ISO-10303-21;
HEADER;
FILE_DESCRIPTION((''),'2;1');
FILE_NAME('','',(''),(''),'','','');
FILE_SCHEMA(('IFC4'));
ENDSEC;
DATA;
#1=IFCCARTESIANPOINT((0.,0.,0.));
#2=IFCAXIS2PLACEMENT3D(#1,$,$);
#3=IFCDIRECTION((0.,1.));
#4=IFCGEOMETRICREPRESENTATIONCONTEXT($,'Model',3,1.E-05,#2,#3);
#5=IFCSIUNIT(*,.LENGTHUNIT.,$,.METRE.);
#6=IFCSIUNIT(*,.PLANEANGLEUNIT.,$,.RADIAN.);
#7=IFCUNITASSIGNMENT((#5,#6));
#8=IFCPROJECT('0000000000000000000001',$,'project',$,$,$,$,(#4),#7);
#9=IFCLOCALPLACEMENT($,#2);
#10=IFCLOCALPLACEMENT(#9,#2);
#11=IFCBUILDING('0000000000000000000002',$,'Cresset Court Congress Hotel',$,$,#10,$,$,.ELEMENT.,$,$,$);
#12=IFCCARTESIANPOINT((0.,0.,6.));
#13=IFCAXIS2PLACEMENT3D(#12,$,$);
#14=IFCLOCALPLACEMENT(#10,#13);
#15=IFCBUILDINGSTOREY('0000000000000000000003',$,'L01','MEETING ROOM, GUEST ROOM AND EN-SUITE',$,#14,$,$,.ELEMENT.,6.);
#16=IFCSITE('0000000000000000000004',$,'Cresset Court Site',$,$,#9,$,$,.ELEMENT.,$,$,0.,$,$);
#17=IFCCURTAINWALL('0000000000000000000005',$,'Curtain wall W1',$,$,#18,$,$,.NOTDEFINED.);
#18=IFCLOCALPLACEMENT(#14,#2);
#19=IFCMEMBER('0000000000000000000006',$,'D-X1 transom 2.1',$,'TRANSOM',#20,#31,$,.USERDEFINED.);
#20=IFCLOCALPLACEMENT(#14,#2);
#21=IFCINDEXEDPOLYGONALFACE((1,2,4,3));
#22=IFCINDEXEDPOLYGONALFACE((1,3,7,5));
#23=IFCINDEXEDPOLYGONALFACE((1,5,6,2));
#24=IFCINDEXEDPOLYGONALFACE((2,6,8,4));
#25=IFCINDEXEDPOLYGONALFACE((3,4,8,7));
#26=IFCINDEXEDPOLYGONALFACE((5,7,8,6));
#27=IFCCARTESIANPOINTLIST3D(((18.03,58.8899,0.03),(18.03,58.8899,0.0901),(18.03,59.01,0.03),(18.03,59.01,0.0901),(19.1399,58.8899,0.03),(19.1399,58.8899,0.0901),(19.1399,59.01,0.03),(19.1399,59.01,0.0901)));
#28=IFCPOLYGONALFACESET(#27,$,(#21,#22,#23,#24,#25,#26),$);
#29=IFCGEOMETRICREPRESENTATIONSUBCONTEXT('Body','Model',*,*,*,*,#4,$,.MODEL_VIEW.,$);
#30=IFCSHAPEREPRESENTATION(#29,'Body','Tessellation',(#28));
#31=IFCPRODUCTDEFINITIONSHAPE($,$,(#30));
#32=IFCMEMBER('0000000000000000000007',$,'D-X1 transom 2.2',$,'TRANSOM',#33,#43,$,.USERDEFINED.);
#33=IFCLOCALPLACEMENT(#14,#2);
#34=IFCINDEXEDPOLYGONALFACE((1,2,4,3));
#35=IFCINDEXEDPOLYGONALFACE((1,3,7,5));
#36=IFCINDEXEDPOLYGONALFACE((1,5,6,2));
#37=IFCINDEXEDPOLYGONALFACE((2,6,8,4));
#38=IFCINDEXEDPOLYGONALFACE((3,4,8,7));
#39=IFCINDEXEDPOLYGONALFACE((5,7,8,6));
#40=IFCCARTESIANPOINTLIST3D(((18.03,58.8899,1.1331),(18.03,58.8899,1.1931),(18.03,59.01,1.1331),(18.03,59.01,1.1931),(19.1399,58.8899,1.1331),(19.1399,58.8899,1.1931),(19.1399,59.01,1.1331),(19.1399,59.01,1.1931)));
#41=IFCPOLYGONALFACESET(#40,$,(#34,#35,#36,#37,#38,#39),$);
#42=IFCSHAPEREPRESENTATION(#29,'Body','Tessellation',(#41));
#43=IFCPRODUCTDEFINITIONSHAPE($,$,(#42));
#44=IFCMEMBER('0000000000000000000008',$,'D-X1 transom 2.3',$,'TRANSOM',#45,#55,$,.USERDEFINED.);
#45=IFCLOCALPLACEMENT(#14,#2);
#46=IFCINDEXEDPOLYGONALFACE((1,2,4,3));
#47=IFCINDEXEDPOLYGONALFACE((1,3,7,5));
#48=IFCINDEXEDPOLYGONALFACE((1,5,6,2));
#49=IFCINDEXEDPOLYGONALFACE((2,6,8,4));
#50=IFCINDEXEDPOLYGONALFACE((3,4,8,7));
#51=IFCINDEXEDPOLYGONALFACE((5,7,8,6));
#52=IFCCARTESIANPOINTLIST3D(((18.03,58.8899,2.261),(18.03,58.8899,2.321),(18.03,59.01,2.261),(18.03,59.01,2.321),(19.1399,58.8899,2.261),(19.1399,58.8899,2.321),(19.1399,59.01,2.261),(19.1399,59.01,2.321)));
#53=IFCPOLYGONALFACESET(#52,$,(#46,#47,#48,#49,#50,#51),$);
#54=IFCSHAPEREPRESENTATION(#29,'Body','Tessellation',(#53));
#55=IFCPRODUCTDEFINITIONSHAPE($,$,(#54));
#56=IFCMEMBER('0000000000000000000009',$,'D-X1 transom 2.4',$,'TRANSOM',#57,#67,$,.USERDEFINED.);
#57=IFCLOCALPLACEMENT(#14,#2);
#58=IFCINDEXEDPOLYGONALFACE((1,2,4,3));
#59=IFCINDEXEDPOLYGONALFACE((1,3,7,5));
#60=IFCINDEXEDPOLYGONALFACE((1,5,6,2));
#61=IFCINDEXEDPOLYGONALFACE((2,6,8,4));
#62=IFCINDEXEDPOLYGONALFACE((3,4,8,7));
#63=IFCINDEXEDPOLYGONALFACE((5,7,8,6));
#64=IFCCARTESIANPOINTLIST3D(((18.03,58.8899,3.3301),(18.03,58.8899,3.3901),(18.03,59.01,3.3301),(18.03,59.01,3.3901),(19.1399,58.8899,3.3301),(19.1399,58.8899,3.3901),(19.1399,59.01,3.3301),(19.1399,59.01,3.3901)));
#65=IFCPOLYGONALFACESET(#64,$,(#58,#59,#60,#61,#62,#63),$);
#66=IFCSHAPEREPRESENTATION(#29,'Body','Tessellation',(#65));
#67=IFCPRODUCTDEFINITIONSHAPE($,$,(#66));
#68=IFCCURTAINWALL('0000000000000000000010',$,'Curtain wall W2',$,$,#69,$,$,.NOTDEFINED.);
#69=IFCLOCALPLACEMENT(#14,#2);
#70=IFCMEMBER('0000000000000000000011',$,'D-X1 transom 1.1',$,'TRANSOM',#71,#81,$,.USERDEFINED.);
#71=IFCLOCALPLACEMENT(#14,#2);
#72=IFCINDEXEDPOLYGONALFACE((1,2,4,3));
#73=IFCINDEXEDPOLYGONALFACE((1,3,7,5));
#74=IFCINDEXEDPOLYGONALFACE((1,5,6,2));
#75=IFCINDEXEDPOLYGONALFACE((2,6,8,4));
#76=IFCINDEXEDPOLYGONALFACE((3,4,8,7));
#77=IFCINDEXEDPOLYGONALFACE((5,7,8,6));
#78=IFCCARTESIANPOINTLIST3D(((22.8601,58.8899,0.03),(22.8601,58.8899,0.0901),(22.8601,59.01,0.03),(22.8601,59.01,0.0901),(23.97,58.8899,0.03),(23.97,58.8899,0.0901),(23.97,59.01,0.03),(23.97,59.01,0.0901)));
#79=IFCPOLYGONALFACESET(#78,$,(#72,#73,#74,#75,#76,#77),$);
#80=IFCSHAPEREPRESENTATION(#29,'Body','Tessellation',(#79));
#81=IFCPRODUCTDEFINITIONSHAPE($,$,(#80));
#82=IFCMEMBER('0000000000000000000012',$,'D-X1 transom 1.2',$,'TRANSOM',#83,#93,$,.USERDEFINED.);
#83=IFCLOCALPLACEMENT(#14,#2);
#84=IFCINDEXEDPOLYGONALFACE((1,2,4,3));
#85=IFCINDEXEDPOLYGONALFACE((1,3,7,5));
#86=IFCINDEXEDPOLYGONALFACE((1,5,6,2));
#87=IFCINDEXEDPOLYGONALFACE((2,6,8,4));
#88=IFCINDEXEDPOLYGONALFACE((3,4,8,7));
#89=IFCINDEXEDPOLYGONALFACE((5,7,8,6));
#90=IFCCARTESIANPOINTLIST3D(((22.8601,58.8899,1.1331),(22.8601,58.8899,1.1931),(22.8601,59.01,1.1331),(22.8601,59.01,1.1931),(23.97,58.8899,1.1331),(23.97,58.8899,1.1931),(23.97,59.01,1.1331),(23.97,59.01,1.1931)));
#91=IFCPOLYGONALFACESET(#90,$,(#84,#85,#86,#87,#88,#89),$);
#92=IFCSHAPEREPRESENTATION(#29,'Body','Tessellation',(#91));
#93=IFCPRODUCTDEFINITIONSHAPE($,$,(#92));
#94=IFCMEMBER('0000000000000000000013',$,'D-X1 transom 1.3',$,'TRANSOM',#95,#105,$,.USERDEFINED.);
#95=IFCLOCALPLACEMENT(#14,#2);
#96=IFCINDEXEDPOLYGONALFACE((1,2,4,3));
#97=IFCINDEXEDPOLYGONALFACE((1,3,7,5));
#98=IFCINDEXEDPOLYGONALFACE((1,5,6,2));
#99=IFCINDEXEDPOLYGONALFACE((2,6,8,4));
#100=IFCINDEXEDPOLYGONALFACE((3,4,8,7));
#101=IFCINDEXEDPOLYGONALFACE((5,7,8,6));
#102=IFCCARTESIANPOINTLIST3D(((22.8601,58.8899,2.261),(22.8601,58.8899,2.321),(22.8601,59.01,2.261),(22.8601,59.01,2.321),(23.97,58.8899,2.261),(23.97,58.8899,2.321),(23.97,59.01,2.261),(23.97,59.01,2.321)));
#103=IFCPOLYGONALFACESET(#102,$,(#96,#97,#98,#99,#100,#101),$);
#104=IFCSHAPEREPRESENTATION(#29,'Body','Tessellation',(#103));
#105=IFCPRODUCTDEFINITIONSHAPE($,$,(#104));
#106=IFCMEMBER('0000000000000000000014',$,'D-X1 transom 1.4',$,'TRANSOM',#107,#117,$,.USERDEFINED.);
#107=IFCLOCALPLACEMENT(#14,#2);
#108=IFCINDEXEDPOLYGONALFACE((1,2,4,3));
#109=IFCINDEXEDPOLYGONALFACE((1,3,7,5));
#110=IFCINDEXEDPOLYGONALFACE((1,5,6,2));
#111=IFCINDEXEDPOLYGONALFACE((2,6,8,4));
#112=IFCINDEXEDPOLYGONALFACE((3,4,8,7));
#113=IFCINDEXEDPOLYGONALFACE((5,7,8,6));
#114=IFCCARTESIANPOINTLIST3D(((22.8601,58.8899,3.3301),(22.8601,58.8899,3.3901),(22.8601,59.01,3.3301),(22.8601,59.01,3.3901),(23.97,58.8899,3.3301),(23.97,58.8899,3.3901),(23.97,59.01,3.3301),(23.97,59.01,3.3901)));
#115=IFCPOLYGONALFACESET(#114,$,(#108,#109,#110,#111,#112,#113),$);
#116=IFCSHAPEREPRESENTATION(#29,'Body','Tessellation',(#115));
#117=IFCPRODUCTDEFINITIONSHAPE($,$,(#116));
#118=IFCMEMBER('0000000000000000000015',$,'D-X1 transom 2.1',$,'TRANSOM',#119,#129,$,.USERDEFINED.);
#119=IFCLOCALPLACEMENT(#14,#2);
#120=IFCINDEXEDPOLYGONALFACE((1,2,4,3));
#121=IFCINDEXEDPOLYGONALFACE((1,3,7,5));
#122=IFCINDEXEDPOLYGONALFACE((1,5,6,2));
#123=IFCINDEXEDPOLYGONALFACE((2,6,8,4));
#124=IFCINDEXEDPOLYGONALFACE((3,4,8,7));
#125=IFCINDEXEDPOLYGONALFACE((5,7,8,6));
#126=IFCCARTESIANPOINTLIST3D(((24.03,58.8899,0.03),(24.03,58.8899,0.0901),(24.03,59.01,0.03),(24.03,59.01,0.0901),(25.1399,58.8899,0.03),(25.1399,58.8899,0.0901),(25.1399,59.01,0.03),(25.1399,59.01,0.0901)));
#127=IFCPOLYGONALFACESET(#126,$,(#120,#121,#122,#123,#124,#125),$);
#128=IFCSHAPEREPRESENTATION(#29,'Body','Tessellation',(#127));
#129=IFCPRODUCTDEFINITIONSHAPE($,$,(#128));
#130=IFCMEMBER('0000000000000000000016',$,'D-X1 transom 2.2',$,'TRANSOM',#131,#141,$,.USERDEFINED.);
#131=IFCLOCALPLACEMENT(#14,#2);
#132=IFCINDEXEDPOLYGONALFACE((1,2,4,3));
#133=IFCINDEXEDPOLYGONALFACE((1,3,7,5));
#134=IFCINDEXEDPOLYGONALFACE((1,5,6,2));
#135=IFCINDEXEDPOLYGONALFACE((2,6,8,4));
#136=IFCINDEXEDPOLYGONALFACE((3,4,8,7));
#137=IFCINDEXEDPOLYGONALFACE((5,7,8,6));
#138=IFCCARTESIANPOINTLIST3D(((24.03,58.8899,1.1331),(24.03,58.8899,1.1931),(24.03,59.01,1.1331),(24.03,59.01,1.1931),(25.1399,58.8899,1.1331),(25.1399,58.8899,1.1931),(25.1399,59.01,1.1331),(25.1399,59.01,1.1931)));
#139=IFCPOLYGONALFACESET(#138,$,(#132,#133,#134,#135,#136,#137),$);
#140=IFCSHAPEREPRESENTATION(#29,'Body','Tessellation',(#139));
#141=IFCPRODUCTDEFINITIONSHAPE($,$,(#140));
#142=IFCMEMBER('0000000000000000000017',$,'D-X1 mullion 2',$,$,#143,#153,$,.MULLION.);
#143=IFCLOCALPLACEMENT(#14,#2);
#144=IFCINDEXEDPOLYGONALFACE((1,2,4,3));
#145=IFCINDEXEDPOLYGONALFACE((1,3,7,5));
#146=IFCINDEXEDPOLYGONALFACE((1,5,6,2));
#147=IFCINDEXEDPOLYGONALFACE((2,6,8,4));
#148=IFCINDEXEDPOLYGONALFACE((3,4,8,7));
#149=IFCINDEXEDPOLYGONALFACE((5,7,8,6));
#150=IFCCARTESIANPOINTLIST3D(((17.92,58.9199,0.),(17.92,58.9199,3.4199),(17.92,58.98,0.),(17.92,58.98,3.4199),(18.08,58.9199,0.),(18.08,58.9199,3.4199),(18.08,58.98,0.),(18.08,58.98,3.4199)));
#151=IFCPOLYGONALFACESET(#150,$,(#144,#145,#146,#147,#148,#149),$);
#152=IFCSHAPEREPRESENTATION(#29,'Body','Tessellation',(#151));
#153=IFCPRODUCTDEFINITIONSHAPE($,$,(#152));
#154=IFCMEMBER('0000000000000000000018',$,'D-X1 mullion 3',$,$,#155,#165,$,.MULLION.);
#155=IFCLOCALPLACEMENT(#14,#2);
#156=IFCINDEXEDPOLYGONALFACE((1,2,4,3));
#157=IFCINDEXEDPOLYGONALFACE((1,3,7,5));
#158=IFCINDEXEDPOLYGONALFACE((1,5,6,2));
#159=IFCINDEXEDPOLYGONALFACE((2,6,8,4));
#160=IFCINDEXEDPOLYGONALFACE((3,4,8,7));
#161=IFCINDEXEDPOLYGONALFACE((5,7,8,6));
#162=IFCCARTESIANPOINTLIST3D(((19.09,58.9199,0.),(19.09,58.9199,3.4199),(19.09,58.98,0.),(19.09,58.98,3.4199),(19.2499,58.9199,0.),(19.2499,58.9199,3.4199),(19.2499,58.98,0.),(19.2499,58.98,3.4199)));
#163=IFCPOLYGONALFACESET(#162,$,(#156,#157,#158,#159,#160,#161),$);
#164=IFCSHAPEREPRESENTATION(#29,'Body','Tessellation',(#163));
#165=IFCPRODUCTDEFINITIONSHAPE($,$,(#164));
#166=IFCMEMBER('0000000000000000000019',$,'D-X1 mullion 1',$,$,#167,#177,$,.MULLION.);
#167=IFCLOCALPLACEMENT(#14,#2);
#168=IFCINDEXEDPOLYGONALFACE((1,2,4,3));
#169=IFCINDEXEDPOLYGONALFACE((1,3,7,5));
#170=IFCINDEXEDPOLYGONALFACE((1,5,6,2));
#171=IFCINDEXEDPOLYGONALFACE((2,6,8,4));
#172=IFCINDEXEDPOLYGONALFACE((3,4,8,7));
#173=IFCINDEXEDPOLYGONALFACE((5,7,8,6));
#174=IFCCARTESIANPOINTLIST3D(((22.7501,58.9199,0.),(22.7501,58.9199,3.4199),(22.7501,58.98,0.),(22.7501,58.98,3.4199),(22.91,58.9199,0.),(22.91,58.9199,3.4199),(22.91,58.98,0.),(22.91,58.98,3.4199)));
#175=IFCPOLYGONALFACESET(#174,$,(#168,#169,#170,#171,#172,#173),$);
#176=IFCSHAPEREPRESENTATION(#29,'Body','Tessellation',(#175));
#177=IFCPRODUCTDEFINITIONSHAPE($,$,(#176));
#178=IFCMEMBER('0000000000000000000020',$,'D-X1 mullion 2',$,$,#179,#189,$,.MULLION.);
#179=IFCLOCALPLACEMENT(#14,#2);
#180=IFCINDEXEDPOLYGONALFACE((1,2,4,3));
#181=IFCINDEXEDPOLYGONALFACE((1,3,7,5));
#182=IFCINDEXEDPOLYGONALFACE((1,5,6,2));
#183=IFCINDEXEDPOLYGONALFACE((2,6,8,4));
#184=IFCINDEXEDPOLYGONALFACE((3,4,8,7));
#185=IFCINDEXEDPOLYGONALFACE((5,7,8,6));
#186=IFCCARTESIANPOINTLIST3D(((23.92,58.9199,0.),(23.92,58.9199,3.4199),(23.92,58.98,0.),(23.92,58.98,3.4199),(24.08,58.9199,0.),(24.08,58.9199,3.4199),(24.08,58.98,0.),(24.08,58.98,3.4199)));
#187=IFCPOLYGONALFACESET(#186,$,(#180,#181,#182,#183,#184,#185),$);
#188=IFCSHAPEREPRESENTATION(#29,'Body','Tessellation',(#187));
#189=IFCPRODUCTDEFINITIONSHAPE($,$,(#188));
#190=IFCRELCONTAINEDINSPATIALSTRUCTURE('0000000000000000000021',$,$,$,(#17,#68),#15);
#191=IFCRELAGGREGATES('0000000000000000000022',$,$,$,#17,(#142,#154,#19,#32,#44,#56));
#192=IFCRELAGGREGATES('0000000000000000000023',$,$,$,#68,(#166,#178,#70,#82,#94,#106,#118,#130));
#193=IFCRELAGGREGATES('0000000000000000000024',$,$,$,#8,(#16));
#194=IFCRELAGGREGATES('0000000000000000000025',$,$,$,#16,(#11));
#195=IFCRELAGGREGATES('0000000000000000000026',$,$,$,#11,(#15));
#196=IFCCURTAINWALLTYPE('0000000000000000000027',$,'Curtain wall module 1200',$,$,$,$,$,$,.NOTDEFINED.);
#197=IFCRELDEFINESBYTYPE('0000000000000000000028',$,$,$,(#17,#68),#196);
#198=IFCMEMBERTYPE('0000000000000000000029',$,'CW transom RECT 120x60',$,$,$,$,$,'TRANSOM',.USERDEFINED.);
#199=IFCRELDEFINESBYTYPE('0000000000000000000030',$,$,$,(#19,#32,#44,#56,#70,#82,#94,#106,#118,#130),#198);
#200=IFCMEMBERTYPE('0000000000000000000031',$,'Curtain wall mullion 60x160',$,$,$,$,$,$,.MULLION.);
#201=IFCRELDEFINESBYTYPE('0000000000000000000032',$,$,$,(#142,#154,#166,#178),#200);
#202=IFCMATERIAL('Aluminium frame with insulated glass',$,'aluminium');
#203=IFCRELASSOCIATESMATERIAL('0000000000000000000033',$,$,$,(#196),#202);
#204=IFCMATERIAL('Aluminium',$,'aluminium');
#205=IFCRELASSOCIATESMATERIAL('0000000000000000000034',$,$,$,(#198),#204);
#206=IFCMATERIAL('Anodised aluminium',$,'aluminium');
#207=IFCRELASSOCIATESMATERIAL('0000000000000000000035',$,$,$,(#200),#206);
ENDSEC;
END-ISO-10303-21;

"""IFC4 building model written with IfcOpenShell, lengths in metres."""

from ifc_helpers import new_model, si_unit, direction, frame, origin, origin_2d, place, context, subcontext, project, spatial, rectangle, extrude, material, material_profile, profile_set, type_object, element, aggregate, save


model = new_model("IFC4")

# Units and contexts
model_context = context("Model", 3, precision=1e-05, world=origin(), true_north=direction((0.0, 1.0)))
body_context = subcontext(model_context, "Body", "Model", "MODEL_VIEW")
ifc_project = project(units=[si_unit("LENGTHUNIT", "METRE"), si_unit("PLANEANGLEUNIT", "RADIAN")], contexts=[model_context])

# Site, building, storey
site_placement = place(None, origin())
site = spatial("IfcSite", under=ifc_project, at=site_placement, Name="Cresset Court Site", CompositionType="ELEMENT", RefElevation=0.0)
building_placement = place(site_placement, origin())
building = spatial("IfcBuilding", under=site, at=building_placement, Name="Cresset Court Congress Hotel", CompositionType="ELEMENT")
storey_placement = place(building_placement, frame((0.0, 0.0, 6.0)))
storey = spatial("IfcBuildingStorey", under=building, at=storey_placement, Name="L01", Description="MEETING ROOM, GUEST ROOM AND EN-SUITE", CompositionType="ELEMENT", Elevation=6.0)

# Curtain walls, members
ifc_material_1 = material(Name="Aluminium frame with insulated glass", Category="aluminium")
curtain_wall_type = type_object("IfcCurtainWallType", Name="Curtain wall module 1200", PredefinedType="NOTDEFINED", material=ifc_material_1)
curtain_wall_1_placement = place(storey_placement, origin())
curtain_wall_1 = element("IfcCurtainWall", 1, at=curtain_wall_1_placement, inside=storey, type_object=curtain_wall_type, Name="Curtain wall W1", PredefinedType="NOTDEFINED")
ifc_material_2 = material(Name="Aluminium", Category="aluminium")
ifc_material_profile_1 = material_profile(ifc_material_2, rectangle(XDim=0.1201, YDim=0.0601, at=origin_2d()), Name="AL 120x60")
ifc_profile_set_1 = profile_set([ifc_material_profile_1], Name="Aluminium")
member_type_1 = type_object("IfcMemberType", Name="CW transom RECT 120x60", ElementType="TRANSOM", PredefinedType="USERDEFINED", material=ifc_profile_set_1)
member_1_placement = place(storey_placement, frame((18.03, 58.95, 0.0601), z_axis=(1.0, 0.0, 0.0), x_axis=(0.0, 1.0, 0.0)))
member_1 = element("IfcMember", 2, at=member_1_placement, type_object=member_type_1, Name="D-X1 transom 2.1", ObjectType="TRANSOM", PredefinedType="USERDEFINED", context=body_context, shape_type="SweptSolid", body=[
    extrude(rectangle(XDim=0.1201, YDim=0.0601, at=origin_2d()), origin(), (0.0, 0.0, 1.0), 1.1099),
])
member_2_placement = place(storey_placement, frame((18.03, 58.95, 1.1631), z_axis=(1.0, 0.0, 0.0), x_axis=(0.0, 1.0, 0.0)))
member_2 = element("IfcMember", 3, at=member_2_placement, type_object=member_type_1, Name="D-X1 transom 2.2", ObjectType="TRANSOM", PredefinedType="USERDEFINED", context=body_context, shape_type="SweptSolid", body=[
    extrude(rectangle(XDim=0.1201, YDim=0.0601, at=origin_2d()), origin(), (0.0, 0.0, 1.0), 1.1099),
])
member_3_placement = place(storey_placement, frame((18.03, 58.95, 2.291), z_axis=(1.0, 0.0, 0.0), x_axis=(0.0, 1.0, 0.0)))
member_3 = element("IfcMember", 4, at=member_3_placement, type_object=member_type_1, Name="D-X1 transom 2.3", ObjectType="TRANSOM", PredefinedType="USERDEFINED", context=body_context, shape_type="SweptSolid", body=[
    extrude(rectangle(XDim=0.1201, YDim=0.0601, at=origin_2d()), origin(), (0.0, 0.0, 1.0), 1.1099),
])
member_4_placement = place(storey_placement, frame((18.03, 58.95, 3.3601), z_axis=(1.0, 0.0, 0.0), x_axis=(0.0, 1.0, 0.0)))
member_4 = element("IfcMember", 5, at=member_4_placement, type_object=member_type_1, Name="D-X1 transom 2.4", ObjectType="TRANSOM", PredefinedType="USERDEFINED", context=body_context, shape_type="SweptSolid", body=[
    extrude(rectangle(XDim=0.1201, YDim=0.0601, at=origin_2d()), origin(), (0.0, 0.0, 1.0), 1.1099),
])
curtain_wall_2_placement = place(storey_placement, origin())
curtain_wall_2 = element("IfcCurtainWall", 6, at=curtain_wall_2_placement, inside=storey, type_object=curtain_wall_type, Name="Curtain wall W2", PredefinedType="NOTDEFINED")
member_5_placement = place(storey_placement, frame((22.8601, 58.95, 0.0601), z_axis=(1.0, 0.0, 0.0), x_axis=(0.0, 1.0, 0.0)))
member_5 = element("IfcMember", 7, at=member_5_placement, type_object=member_type_1, Name="D-X1 transom 1.1", ObjectType="TRANSOM", PredefinedType="USERDEFINED", context=body_context, shape_type="SweptSolid", body=[
    extrude(rectangle(XDim=0.1201, YDim=0.0601, at=origin_2d()), origin(), (0.0, 0.0, 1.0), 1.1099),
])
member_6_placement = place(storey_placement, frame((22.8601, 58.95, 1.1631), z_axis=(1.0, 0.0, 0.0), x_axis=(0.0, 1.0, 0.0)))
member_6 = element("IfcMember", 8, at=member_6_placement, type_object=member_type_1, Name="D-X1 transom 1.2", ObjectType="TRANSOM", PredefinedType="USERDEFINED", context=body_context, shape_type="SweptSolid", body=[
    extrude(rectangle(XDim=0.1201, YDim=0.0601, at=origin_2d()), origin(), (0.0, 0.0, 1.0), 1.1099),
])
member_7_placement = place(storey_placement, frame((22.8601, 58.95, 2.291), z_axis=(1.0, 0.0, 0.0), x_axis=(0.0, 1.0, 0.0)))
member_7 = element("IfcMember", 9, at=member_7_placement, type_object=member_type_1, Name="D-X1 transom 1.3", ObjectType="TRANSOM", PredefinedType="USERDEFINED", context=body_context, shape_type="SweptSolid", body=[
    extrude(rectangle(XDim=0.1201, YDim=0.0601, at=origin_2d()), origin(), (0.0, 0.0, 1.0), 1.1099),
])
member_8_placement = place(storey_placement, frame((22.8601, 58.95, 3.3601), z_axis=(1.0, 0.0, 0.0), x_axis=(0.0, 1.0, 0.0)))
member_8 = element("IfcMember", 10, at=member_8_placement, type_object=member_type_1, Name="D-X1 transom 1.4", ObjectType="TRANSOM", PredefinedType="USERDEFINED", context=body_context, shape_type="SweptSolid", body=[
    extrude(rectangle(XDim=0.1201, YDim=0.0601, at=origin_2d()), origin(), (0.0, 0.0, 1.0), 1.1099),
])
member_9_placement = place(storey_placement, frame((24.03, 58.95, 0.0601), z_axis=(1.0, 0.0, 0.0), x_axis=(0.0, 1.0, 0.0)))
member_9 = element("IfcMember", 11, at=member_9_placement, type_object=member_type_1, Name="D-X1 transom 2.1", ObjectType="TRANSOM", PredefinedType="USERDEFINED", context=body_context, shape_type="SweptSolid", body=[
    extrude(rectangle(XDim=0.1201, YDim=0.0601, at=origin_2d()), origin(), (0.0, 0.0, 1.0), 1.1099),
])
member_10_placement = place(storey_placement, frame((24.03, 58.95, 1.1631), z_axis=(1.0, 0.0, 0.0), x_axis=(0.0, 1.0, 0.0)))
member_10 = element("IfcMember", 12, at=member_10_placement, type_object=member_type_1, Name="D-X1 transom 2.2", ObjectType="TRANSOM", PredefinedType="USERDEFINED", context=body_context, shape_type="SweptSolid", body=[
    extrude(rectangle(XDim=0.1201, YDim=0.0601, at=origin_2d()), origin(), (0.0, 0.0, 1.0), 1.1099),
])

# Members
ifc_material_3 = material(Name="Anodised aluminium", Category="aluminium")
ifc_material_profile_2 = material_profile(ifc_material_3, rectangle(XDim=0.0601, YDim=0.1599, at=origin_2d()), Name="AL60x160")
ifc_profile_set_2 = profile_set([ifc_material_profile_2], Name="Anodised aluminium")
member_type_2 = type_object("IfcMemberType", Name="Curtain wall mullion 60x160", PredefinedType="MULLION", material=ifc_profile_set_2)
member_11_placement = place(storey_placement, frame((18.0, 58.95, 0.0), z_axis=(0.0, 0.0, 1.0), x_axis=(0.0, 1.0, 0.0)))
member_11 = element("IfcMember", 13, at=member_11_placement, type_object=member_type_2, Name="D-X1 mullion 2", PredefinedType="MULLION", context=body_context, shape_type="SweptSolid", body=[
    extrude(rectangle(XDim=0.0601, YDim=0.1599, at=origin_2d()), origin(), (0.0, 0.0, 1.0), 3.4199),
])
member_12_placement = place(storey_placement, frame((19.1699, 58.95, 0.0), z_axis=(0.0, 0.0, 1.0), x_axis=(0.0, 1.0, 0.0)))
member_12 = element("IfcMember", 14, at=member_12_placement, type_object=member_type_2, Name="D-X1 mullion 3", PredefinedType="MULLION", context=body_context, shape_type="SweptSolid", body=[
    extrude(rectangle(XDim=0.0601, YDim=0.1599, at=origin_2d()), origin(), (0.0, 0.0, 1.0), 3.4199),
])
member_13_placement = place(storey_placement, frame((22.8301, 58.95, 0.0), z_axis=(0.0, 0.0, 1.0), x_axis=(0.0, 1.0, 0.0)))
member_13 = element("IfcMember", 15, at=member_13_placement, type_object=member_type_2, Name="D-X1 mullion 1", PredefinedType="MULLION", context=body_context, shape_type="SweptSolid", body=[
    extrude(rectangle(XDim=0.0601, YDim=0.1599, at=origin_2d()), origin(), (0.0, 0.0, 1.0), 3.4199),
])
member_14_placement = place(storey_placement, frame((24.0, 58.95, 0.0), z_axis=(0.0, 0.0, 1.0), x_axis=(0.0, 1.0, 0.0)))
member_14 = element("IfcMember", 16, at=member_14_placement, type_object=member_type_2, Name="D-X1 mullion 2", PredefinedType="MULLION", context=body_context, shape_type="SweptSolid", body=[
    extrude(rectangle(XDim=0.0601, YDim=0.1599, at=origin_2d()), origin(), (0.0, 0.0, 1.0), 3.4199),
])

aggregate(curtain_wall_1, [member_11, member_12, member_1, member_2, member_3, member_4])
aggregate(curtain_wall_2, [member_13, member_14, member_5, member_6, member_7, member_8, member_9, member_10])

save(model, "model.ifc")
